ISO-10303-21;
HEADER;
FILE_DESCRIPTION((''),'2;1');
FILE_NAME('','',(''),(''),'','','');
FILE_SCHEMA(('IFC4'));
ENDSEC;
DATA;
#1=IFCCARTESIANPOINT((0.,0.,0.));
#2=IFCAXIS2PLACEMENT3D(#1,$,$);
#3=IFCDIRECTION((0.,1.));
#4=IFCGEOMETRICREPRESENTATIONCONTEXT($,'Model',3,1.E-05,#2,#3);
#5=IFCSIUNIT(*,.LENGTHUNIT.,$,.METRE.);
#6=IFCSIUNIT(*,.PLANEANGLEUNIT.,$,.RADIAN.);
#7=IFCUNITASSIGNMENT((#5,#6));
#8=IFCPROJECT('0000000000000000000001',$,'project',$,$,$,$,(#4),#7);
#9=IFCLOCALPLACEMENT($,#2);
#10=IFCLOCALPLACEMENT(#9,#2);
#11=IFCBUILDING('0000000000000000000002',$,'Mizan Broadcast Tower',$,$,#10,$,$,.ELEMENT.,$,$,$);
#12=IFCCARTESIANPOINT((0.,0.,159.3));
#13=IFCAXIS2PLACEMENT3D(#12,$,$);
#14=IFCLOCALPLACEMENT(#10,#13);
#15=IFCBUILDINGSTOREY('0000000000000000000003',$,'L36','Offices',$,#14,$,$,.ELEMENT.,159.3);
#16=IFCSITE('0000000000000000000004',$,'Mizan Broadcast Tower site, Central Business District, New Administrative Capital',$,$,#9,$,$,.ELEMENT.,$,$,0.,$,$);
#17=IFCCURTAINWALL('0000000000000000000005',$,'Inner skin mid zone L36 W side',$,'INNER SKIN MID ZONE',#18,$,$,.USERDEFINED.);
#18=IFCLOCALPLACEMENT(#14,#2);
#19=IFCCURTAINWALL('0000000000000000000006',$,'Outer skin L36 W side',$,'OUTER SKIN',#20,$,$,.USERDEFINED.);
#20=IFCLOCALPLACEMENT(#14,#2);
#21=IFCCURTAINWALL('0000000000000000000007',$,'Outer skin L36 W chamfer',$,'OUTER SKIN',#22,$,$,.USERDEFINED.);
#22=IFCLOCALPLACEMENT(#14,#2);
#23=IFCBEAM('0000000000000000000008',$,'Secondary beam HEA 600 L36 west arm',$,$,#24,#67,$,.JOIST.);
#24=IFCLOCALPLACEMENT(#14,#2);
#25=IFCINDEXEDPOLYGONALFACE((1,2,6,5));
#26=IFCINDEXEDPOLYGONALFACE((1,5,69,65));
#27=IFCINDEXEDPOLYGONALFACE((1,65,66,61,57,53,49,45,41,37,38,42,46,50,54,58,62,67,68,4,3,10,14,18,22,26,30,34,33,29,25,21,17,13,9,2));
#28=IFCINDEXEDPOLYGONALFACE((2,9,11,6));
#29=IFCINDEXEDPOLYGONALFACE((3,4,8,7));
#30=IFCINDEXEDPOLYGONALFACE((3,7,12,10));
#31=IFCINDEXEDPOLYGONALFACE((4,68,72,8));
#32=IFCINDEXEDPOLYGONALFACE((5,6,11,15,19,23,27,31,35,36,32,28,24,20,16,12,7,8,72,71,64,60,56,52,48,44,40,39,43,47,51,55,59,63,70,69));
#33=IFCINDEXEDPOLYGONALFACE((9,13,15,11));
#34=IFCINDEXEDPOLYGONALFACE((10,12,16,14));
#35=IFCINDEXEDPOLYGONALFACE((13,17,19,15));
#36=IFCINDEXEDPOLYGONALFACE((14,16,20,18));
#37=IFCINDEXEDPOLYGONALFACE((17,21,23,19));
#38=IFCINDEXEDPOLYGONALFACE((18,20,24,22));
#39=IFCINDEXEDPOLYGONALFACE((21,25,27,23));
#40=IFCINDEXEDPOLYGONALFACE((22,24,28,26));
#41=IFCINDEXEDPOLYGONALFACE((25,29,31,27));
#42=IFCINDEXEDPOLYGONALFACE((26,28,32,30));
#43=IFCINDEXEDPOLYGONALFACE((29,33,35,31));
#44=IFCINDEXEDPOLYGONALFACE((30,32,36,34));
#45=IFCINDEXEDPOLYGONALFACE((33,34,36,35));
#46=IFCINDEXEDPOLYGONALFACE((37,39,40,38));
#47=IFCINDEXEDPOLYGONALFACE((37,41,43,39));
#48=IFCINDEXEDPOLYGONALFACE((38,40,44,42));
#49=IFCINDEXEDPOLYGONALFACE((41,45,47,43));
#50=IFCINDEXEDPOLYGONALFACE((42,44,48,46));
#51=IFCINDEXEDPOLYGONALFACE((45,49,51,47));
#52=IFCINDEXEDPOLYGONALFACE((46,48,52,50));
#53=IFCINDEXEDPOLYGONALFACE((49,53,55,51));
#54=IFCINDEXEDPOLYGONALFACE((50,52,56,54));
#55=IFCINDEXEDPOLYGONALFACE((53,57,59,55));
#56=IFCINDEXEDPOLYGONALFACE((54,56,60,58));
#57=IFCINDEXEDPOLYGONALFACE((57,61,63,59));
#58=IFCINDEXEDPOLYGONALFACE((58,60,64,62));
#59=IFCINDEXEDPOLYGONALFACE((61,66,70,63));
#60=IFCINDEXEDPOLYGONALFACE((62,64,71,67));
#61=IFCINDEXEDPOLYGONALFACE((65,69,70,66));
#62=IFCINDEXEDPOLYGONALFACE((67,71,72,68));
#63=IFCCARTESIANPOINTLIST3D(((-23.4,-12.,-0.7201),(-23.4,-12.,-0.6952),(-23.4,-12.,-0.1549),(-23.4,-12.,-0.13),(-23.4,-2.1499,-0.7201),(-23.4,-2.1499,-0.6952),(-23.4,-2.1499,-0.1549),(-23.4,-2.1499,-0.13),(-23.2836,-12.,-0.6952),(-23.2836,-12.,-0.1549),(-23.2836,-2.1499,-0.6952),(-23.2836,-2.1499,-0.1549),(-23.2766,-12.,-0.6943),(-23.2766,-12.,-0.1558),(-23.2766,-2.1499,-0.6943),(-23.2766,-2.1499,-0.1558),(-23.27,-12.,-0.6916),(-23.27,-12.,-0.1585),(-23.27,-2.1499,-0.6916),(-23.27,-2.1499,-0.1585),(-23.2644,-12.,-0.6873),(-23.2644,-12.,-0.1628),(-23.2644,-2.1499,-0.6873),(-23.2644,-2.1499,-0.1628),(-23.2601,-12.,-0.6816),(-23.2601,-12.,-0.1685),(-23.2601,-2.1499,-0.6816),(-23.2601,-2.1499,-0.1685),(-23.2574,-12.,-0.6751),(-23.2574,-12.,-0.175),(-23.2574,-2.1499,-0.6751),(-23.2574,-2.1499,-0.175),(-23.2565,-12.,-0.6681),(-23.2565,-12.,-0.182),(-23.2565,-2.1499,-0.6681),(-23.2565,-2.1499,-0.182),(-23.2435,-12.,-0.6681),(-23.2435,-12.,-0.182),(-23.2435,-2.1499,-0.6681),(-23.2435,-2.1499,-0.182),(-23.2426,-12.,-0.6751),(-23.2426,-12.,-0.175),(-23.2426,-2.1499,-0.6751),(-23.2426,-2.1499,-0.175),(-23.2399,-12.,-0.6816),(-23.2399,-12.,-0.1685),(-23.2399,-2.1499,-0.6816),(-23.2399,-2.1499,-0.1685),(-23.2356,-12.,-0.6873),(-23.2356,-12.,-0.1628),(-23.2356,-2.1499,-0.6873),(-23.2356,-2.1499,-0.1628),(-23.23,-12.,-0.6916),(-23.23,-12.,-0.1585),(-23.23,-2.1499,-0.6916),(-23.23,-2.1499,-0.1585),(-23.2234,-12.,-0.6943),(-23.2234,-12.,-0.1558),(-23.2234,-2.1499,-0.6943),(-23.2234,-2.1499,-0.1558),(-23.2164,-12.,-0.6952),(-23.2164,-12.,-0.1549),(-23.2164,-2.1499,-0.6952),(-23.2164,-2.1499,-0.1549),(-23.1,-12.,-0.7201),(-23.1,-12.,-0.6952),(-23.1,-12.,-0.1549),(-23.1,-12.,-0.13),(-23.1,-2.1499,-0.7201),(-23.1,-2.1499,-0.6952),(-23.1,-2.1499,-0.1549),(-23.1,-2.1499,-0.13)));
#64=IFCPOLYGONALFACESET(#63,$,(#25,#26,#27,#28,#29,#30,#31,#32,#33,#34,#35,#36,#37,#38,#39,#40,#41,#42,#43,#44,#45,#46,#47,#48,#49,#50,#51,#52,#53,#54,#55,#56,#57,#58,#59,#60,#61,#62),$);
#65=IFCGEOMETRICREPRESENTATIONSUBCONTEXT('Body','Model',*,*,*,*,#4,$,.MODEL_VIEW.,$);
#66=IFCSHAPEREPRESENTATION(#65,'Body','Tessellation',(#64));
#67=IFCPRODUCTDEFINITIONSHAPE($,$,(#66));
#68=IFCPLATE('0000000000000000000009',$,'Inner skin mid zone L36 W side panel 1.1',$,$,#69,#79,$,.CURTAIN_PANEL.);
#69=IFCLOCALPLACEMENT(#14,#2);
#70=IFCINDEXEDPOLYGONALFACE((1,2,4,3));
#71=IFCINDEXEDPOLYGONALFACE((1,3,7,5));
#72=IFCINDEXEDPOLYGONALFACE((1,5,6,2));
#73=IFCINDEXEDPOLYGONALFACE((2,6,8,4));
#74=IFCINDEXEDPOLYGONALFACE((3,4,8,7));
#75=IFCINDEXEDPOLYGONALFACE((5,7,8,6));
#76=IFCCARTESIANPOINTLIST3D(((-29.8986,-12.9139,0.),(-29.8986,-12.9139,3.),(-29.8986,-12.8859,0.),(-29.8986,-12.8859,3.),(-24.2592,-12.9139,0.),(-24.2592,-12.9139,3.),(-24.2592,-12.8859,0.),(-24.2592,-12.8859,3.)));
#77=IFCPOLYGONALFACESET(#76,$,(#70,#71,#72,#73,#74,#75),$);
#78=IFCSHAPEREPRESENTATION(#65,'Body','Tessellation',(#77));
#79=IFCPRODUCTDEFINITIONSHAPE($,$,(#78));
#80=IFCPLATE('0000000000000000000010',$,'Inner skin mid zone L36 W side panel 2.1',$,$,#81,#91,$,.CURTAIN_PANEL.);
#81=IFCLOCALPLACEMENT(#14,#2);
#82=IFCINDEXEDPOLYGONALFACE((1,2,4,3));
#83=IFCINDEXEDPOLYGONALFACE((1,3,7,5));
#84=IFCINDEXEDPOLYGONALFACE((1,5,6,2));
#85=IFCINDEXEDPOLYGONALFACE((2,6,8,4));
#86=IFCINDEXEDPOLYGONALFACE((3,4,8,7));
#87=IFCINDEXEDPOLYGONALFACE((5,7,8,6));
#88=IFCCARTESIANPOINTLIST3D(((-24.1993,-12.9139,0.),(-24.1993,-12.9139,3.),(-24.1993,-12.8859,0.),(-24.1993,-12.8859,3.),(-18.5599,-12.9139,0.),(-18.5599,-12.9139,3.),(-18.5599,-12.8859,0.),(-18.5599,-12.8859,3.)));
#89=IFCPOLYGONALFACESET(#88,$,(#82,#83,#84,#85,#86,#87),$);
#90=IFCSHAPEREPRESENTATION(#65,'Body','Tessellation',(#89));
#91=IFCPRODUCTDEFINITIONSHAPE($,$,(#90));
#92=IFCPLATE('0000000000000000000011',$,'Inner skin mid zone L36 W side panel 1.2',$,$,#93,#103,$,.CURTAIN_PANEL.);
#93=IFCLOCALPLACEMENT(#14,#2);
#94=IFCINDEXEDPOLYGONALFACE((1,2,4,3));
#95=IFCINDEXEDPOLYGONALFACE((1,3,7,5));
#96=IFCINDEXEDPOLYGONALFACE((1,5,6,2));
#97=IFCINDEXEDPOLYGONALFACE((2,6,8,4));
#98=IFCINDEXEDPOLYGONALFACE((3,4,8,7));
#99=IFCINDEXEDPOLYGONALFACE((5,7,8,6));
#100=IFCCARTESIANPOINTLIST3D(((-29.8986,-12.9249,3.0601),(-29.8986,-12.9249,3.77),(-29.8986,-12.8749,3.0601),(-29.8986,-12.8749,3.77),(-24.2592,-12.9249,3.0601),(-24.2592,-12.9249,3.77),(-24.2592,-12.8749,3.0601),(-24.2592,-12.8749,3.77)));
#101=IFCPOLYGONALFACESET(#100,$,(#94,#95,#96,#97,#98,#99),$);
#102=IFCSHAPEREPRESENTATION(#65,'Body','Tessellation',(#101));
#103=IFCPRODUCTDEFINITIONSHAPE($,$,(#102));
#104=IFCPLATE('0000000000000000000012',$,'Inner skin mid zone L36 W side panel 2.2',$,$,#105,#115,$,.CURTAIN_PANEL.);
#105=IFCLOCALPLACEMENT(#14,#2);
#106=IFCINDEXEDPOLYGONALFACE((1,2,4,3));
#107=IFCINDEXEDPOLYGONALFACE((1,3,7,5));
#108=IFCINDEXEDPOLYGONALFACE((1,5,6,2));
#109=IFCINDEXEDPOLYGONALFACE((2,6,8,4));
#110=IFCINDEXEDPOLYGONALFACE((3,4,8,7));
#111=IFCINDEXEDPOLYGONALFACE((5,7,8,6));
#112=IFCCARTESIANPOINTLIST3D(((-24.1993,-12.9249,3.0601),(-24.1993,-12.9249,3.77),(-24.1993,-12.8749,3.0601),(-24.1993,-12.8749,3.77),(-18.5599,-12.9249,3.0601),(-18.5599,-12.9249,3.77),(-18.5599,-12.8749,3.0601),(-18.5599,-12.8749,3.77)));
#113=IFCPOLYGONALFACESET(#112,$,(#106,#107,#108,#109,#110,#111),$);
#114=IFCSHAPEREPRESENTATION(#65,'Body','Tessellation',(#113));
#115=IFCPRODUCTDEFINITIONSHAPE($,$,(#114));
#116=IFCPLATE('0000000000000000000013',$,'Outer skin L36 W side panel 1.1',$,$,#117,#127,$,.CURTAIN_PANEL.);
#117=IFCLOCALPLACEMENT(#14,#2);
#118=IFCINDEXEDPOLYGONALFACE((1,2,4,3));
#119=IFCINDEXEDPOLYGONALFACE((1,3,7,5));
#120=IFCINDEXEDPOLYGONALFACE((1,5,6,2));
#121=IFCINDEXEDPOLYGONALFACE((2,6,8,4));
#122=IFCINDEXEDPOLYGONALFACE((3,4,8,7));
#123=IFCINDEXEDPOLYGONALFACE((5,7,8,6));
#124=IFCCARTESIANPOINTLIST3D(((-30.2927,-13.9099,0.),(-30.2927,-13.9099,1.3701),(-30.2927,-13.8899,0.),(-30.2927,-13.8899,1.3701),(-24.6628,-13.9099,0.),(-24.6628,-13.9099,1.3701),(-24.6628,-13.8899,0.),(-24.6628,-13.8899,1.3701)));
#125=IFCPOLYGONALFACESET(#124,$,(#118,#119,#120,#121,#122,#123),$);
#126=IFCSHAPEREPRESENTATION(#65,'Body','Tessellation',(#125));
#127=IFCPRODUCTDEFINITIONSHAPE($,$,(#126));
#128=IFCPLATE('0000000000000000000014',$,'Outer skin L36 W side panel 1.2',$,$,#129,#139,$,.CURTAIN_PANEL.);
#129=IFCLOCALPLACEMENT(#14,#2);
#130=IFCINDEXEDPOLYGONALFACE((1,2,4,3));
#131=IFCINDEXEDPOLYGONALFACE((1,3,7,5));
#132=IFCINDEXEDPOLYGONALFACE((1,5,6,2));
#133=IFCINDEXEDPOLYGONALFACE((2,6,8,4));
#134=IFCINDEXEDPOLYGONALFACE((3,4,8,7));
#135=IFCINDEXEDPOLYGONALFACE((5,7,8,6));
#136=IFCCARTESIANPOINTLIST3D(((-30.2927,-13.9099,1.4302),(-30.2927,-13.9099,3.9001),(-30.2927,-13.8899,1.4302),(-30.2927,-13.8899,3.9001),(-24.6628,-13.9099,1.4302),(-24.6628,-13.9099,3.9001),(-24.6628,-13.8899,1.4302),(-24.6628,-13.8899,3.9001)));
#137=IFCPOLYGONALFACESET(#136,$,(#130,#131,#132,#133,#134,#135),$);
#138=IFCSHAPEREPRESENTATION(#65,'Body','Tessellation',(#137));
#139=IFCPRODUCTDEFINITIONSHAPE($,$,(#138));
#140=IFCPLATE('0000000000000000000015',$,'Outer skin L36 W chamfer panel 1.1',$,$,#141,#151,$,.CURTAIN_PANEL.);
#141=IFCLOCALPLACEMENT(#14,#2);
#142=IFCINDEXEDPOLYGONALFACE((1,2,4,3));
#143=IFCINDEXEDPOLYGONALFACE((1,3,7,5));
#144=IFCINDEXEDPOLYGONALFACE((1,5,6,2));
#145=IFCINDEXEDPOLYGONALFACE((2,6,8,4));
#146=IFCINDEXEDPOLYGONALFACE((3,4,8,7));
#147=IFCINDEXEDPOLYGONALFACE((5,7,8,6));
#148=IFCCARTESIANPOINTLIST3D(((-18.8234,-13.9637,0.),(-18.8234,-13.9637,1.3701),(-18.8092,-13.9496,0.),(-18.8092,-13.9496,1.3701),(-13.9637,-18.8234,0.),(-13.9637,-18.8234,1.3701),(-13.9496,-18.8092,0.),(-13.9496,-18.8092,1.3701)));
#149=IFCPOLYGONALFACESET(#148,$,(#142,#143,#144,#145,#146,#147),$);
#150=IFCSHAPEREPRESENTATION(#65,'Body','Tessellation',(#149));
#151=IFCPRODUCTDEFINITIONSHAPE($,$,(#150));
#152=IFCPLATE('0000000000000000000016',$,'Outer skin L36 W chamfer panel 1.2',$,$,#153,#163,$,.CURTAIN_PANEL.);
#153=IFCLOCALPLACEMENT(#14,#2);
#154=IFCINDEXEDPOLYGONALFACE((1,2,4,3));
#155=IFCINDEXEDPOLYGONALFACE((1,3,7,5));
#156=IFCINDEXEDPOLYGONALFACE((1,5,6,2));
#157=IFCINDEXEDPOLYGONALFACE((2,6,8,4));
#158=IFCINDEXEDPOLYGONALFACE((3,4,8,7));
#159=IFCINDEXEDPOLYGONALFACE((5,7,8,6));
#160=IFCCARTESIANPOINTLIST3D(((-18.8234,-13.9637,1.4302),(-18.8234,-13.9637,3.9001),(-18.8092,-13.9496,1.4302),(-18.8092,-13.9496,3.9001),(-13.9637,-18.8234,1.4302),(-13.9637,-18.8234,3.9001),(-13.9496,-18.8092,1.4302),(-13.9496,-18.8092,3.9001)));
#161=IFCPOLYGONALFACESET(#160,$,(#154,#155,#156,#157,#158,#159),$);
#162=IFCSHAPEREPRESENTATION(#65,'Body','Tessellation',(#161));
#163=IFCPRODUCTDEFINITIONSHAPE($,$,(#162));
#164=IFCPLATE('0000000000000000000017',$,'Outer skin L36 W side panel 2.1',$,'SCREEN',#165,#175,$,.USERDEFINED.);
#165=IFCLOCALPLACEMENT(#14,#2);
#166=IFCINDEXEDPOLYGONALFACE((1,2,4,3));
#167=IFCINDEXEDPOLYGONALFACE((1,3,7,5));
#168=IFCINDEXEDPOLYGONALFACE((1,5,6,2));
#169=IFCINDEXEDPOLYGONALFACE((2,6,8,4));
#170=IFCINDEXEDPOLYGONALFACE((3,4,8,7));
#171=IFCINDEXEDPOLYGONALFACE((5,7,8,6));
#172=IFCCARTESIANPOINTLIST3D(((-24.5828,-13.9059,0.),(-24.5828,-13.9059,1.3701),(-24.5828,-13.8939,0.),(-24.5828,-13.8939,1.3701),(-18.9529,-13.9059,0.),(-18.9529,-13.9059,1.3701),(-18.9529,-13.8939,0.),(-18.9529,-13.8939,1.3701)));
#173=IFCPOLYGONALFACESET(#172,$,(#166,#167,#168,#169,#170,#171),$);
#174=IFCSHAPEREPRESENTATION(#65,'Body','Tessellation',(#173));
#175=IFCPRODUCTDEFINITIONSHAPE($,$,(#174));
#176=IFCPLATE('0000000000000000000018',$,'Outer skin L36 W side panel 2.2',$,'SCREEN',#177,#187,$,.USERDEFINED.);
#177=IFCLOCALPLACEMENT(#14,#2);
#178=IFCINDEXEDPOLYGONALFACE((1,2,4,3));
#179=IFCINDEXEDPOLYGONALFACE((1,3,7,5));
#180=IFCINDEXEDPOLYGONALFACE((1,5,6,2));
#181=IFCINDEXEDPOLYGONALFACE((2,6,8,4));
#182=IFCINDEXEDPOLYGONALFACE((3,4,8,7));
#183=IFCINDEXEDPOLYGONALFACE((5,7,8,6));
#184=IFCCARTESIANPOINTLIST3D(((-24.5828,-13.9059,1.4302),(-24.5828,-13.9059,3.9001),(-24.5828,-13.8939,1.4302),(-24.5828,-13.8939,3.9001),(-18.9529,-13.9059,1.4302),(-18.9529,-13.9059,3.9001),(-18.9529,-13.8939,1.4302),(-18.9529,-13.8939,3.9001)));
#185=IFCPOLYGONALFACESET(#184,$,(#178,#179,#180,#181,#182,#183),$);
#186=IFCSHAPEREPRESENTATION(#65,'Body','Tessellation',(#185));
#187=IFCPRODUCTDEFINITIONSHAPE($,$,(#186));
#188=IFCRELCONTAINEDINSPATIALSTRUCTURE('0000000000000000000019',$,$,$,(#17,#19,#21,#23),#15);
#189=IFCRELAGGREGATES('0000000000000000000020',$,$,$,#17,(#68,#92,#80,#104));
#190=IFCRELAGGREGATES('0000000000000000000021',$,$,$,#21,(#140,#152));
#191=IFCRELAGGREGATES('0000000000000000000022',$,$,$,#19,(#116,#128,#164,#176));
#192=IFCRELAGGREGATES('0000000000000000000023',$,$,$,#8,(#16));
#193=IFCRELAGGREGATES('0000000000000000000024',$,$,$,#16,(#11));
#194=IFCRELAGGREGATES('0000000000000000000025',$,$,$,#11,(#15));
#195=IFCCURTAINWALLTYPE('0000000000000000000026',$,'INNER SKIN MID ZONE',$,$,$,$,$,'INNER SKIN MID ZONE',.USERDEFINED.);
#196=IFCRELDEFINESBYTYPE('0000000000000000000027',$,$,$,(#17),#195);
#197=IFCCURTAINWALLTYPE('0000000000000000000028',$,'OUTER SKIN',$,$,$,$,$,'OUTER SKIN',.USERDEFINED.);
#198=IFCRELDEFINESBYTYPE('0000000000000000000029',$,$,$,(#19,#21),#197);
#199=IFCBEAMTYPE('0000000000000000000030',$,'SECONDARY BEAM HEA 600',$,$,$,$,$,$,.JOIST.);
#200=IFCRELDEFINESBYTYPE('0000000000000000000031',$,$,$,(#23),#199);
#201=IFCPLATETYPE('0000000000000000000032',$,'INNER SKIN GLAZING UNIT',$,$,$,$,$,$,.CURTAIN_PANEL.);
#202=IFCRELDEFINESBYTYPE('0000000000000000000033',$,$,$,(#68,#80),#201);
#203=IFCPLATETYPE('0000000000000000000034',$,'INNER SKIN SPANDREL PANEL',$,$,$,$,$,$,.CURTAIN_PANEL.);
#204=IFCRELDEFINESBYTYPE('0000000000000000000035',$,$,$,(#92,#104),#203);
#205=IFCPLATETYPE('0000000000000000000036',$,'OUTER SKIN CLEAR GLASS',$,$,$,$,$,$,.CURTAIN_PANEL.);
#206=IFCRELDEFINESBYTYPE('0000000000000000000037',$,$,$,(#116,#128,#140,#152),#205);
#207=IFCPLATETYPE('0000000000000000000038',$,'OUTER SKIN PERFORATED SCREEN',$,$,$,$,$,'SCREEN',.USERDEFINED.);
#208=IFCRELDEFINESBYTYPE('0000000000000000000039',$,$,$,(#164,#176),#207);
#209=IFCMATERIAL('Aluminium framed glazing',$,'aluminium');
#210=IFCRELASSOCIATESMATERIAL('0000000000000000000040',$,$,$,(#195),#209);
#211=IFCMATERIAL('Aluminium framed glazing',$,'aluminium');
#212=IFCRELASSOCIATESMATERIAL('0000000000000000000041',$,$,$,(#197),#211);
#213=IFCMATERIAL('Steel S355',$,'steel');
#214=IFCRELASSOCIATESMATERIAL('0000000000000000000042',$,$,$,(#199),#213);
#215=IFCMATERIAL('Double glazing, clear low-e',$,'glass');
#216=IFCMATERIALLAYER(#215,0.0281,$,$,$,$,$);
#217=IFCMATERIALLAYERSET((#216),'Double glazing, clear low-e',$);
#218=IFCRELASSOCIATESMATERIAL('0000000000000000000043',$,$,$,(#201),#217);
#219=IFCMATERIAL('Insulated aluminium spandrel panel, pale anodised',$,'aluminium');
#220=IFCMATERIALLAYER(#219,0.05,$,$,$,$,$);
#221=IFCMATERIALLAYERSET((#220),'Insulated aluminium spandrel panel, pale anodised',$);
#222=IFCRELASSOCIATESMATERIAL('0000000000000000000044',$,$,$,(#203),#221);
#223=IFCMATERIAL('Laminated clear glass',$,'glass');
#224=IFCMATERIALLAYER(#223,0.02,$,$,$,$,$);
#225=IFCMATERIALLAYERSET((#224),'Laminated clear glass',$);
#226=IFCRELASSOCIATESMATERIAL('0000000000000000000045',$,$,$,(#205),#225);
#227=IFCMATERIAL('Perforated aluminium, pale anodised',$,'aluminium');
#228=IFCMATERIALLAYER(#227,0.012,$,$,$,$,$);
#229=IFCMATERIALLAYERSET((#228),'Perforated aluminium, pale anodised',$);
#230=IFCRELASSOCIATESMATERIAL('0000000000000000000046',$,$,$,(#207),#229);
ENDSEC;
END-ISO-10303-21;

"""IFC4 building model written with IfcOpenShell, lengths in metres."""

from ifc_helpers import new_model, si_unit, direction, frame, origin, origin_2d, place, context, subcontext, project, spatial, rectangle, i_section, extrude, material, layer, layer_set, material_profile, profile_set, type_object, element, aggregate, save


model = new_model("IFC4")

# Units and contexts
model_context = context("Model", 3, precision=1e-05, world=origin(), true_north=direction((0.0, 1.0)))
body_context = subcontext(model_context, "Body", "Model", "MODEL_VIEW")
ifc_project = project(units=[si_unit("LENGTHUNIT", "METRE"), si_unit("PLANEANGLEUNIT", "RADIAN")], contexts=[model_context])

# Site, building, storey
site_placement = place(None, origin())
site = spatial("IfcSite", under=ifc_project, at=site_placement, Name="Mizan Broadcast Tower site, Central Business District, New Administrative Capital", CompositionType="ELEMENT", RefElevation=0.0)
building_placement = place(site_placement, origin())
building = spatial("IfcBuilding", under=site, at=building_placement, Name="Mizan Broadcast Tower", CompositionType="ELEMENT")
storey_placement = place(building_placement, frame((0.0, 0.0, 159.3)))
storey = spatial("IfcBuildingStorey", under=building, at=storey_placement, Name="L36", Description="Offices", CompositionType="ELEMENT", Elevation=159.3)

# Curtain walls
ifc_material_1 = material(Name="Aluminium framed glazing", Category="aluminium")
curtain_wall_type_1 = type_object("IfcCurtainWallType", Name="INNER SKIN MID ZONE", ElementType="INNER SKIN MID ZONE", PredefinedType="USERDEFINED", material=ifc_material_1)
curtain_wall_1_placement = place(storey_placement, origin())
curtain_wall_1 = element("IfcCurtainWall", 1, at=curtain_wall_1_placement, inside=storey, type_object=curtain_wall_type_1, Name="Inner skin mid zone L36 W side", ObjectType="INNER SKIN MID ZONE", PredefinedType="USERDEFINED")
ifc_material_2 = material(Name="Aluminium framed glazing", Category="aluminium")
curtain_wall_type_2 = type_object("IfcCurtainWallType", Name="OUTER SKIN", ElementType="OUTER SKIN", PredefinedType="USERDEFINED", material=ifc_material_2)
curtain_wall_2_placement = place(storey_placement, origin())
curtain_wall_2 = element("IfcCurtainWall", 2, at=curtain_wall_2_placement, inside=storey, type_object=curtain_wall_type_2, Name="Outer skin L36 W side", ObjectType="OUTER SKIN", PredefinedType="USERDEFINED")

# Curtain wall
curtain_wall_3_placement = place(storey_placement, origin())
curtain_wall_3 = element("IfcCurtainWall", 3, at=curtain_wall_3_placement, inside=storey, type_object=curtain_wall_type_2, Name="Outer skin L36 W chamfer", ObjectType="OUTER SKIN", PredefinedType="USERDEFINED")

# Beam
ifc_material_3 = material(Name="Steel S355", Category="steel")
ifc_material_profile_1 = material_profile(ifc_material_3, i_section(OverallWidth=0.3, OverallDepth=0.5901, WebThickness=0.0129, FlangeThickness=0.0249, FilletRadius=0.0271, at=origin_2d()), Name="HEA 600")
ifc_profile_set_1 = profile_set([ifc_material_profile_1], Name="Steel S355")
beam_type_1 = type_object("IfcBeamType", Name="SECONDARY BEAM HEA 600", PredefinedType="JOIST", material=ifc_profile_set_1)
for number, where, z_axis, x_axis, name in (
    (4, (-23.25, -12.0, -0.425), (0.0, 1.0, 0.0), (-1.0, 0.0, 0.0), "Secondary beam HEA 600 L36 west arm"),
):
    element("IfcBeam", number, at=place(storey_placement, frame(where, z_axis=z_axis, x_axis=x_axis)), inside=storey, type_object=beam_type_1, Name=name, PredefinedType="JOIST", context=body_context, shape_type="SweptSolid", body=[
        extrude(i_section(OverallWidth=0.3, OverallDepth=0.5901, WebThickness=0.0129, FlangeThickness=0.0249, FilletRadius=0.0271, at=origin_2d()), origin(), (0.0, 0.0, 1.0), 9.8501),
    ])

# Plates
ifc_material_4 = material(Name="Double glazing, clear low-e", Category="glass")
ifc_layer_1 = layer(ifc_material_4, 0.0281)
ifc_layer_set_1 = layer_set([ifc_layer_1], Name="Double glazing, clear low-e")
plate_type_1 = type_object("IfcPlateType", Name="INNER SKIN GLAZING UNIT", PredefinedType="CURTAIN_PANEL", material=ifc_layer_set_1)
plate_1_placement = place(storey_placement, frame((-27.0789, -12.8999, 0.0), z_axis=(0.0, 0.0, 1.0), x_axis=(1.0, 0.0, 0.0)))
plate_1 = element("IfcPlate", 5, at=plate_1_placement, type_object=plate_type_1, Name="Inner skin mid zone L36 W side panel 1.1", PredefinedType="CURTAIN_PANEL", context=body_context, shape_type="SweptSolid", body=[
    extrude(rectangle(XDim=5.6394, YDim=0.0281, at=origin_2d()), origin(), (0.0, 0.0, 1.0), 3.0),
])
plate_2_placement = place(storey_placement, frame((-21.3796, -12.8999, 0.0), z_axis=(0.0, 0.0, 1.0), x_axis=(1.0, 0.0, 0.0)))
plate_2 = element("IfcPlate", 6, at=plate_2_placement, type_object=plate_type_1, Name="Inner skin mid zone L36 W side panel 2.1", PredefinedType="CURTAIN_PANEL", context=body_context, shape_type="SweptSolid", body=[
    extrude(rectangle(XDim=5.6394, YDim=0.0281, at=origin_2d()), origin(), (0.0, 0.0, 1.0), 3.0),
])
ifc_material_5 = material(Name="Insulated aluminium spandrel panel, pale anodised", Category="aluminium")
ifc_layer_2 = layer(ifc_material_5, 0.05)
ifc_layer_set_2 = layer_set([ifc_layer_2], Name="Insulated aluminium spandrel panel, pale anodised")
plate_type_2 = type_object("IfcPlateType", Name="INNER SKIN SPANDREL PANEL", PredefinedType="CURTAIN_PANEL", material=ifc_layer_set_2)
plate_3_placement = place(storey_placement, frame((-27.0789, -12.8999, 3.0601), z_axis=(0.0, 0.0, 1.0), x_axis=(1.0, 0.0, 0.0)))
plate_3 = element("IfcPlate", 7, at=plate_3_placement, type_object=plate_type_2, Name="Inner skin mid zone L36 W side panel 1.2", PredefinedType="CURTAIN_PANEL", context=body_context, shape_type="SweptSolid", body=[
    extrude(rectangle(XDim=5.6394, YDim=0.05, at=origin_2d()), origin(), (0.0, 0.0, 1.0), 0.71),
])
plate_4_placement = place(storey_placement, frame((-21.3796, -12.8999, 3.0601), z_axis=(0.0, 0.0, 1.0), x_axis=(1.0, 0.0, 0.0)))
plate_4 = element("IfcPlate", 8, at=plate_4_placement, type_object=plate_type_2, Name="Inner skin mid zone L36 W side panel 2.2", PredefinedType="CURTAIN_PANEL", context=body_context, shape_type="SweptSolid", body=[
    extrude(rectangle(XDim=5.6394, YDim=0.05, at=origin_2d()), origin(), (0.0, 0.0, 1.0), 0.71),
])
aggregate(curtain_wall_1, [plate_1, plate_3, plate_2, plate_4])
ifc_material_6 = material(Name="Laminated clear glass", Category="glass")
ifc_layer_3 = layer(ifc_material_6, 0.02)
ifc_layer_set_3 = layer_set([ifc_layer_3], Name="Laminated clear glass")
plate_type_3 = type_object("IfcPlateType", Name="OUTER SKIN CLEAR GLASS", PredefinedType="CURTAIN_PANEL", material=ifc_layer_set_3)
plate_5_placement = place(storey_placement, frame((-27.4778, -13.8999, 0.0), z_axis=(0.0, 0.0, 1.0), x_axis=(1.0, 0.0, 0.0)))
plate_5 = element("IfcPlate", 9, at=plate_5_placement, type_object=plate_type_3, Name="Outer skin L36 W side panel 1.1", PredefinedType="CURTAIN_PANEL", context=body_context, shape_type="SweptSolid", body=[
    extrude(rectangle(XDim=5.6299, YDim=0.02, at=origin_2d()), origin(), (0.0, 0.0, 1.0), 1.3701),
])
plate_6_placement = place(storey_placement, frame((-27.4778, -13.8999, 1.4302), z_axis=(0.0, 0.0, 1.0), x_axis=(1.0, 0.0, 0.0)))
plate_6 = element("IfcPlate", 10, at=plate_6_placement, type_object=plate_type_3, Name="Outer skin L36 W side panel 1.2", PredefinedType="CURTAIN_PANEL", context=body_context, shape_type="SweptSolid", body=[
    extrude(rectangle(XDim=5.6299, YDim=0.02, at=origin_2d()), origin(), (0.0, 0.0, 1.0), 2.47),
])
plate_7_placement = place(storey_placement, frame((-16.3865, -16.3865, 0.0), z_axis=(0.0, 0.0, 1.0), x_axis=(0.707107, -0.707107, 0.0)))
plate_7 = element("IfcPlate", 11, at=plate_7_placement, type_object=plate_type_3, Name="Outer skin L36 W chamfer panel 1.1", PredefinedType="CURTAIN_PANEL", context=body_context, shape_type="SweptSolid", body=[
    extrude(rectangle(XDim=6.8726, YDim=0.02, at=origin_2d()), origin(), (0.0, 0.0, 1.0), 1.3701),
])
plate_8_placement = place(storey_placement, frame((-16.3865, -16.3865, 1.4302), z_axis=(0.0, 0.0, 1.0), x_axis=(0.707107, -0.707107, 0.0)))
plate_8 = element("IfcPlate", 12, at=plate_8_placement, type_object=plate_type_3, Name="Outer skin L36 W chamfer panel 1.2", PredefinedType="CURTAIN_PANEL", context=body_context, shape_type="SweptSolid", body=[
    extrude(rectangle(XDim=6.8726, YDim=0.02, at=origin_2d()), origin(), (0.0, 0.0, 1.0), 2.47),
])
aggregate(curtain_wall_3, [plate_7, plate_8])
ifc_material_7 = material(Name="Perforated aluminium, pale anodised", Category="aluminium")
ifc_layer_4 = layer(ifc_material_7, 0.012)
ifc_layer_set_4 = layer_set([ifc_layer_4], Name="Perforated aluminium, pale anodised")
plate_type_4 = type_object("IfcPlateType", Name="OUTER SKIN PERFORATED SCREEN", ElementType="SCREEN", PredefinedType="USERDEFINED", material=ifc_layer_set_4)
plate_9_placement = place(storey_placement, frame((-21.7678, -13.8999, 0.0), z_axis=(0.0, 0.0, 1.0), x_axis=(1.0, 0.0, 0.0)))
plate_9 = element("IfcPlate", 13, at=plate_9_placement, type_object=plate_type_4, Name="Outer skin L36 W side panel 2.1", ObjectType="SCREEN", PredefinedType="USERDEFINED", context=body_context, shape_type="SweptSolid", body=[
    extrude(rectangle(XDim=5.6299, YDim=0.012, at=origin_2d()), origin(), (0.0, 0.0, 1.0), 1.3701),
])
plate_10_placement = place(storey_placement, frame((-21.7678, -13.8999, 1.4302), z_axis=(0.0, 0.0, 1.0), x_axis=(1.0, 0.0, 0.0)))
plate_10 = element("IfcPlate", 14, at=plate_10_placement, type_object=plate_type_4, Name="Outer skin L36 W side panel 2.2", ObjectType="SCREEN", PredefinedType="USERDEFINED", context=body_context, shape_type="SweptSolid", body=[
    extrude(rectangle(XDim=5.6299, YDim=0.012, at=origin_2d()), origin(), (0.0, 0.0, 1.0), 2.47),
])
aggregate(curtain_wall_2, [plate_5, plate_6, plate_9, plate_10])

save(model, "model.ifc")
